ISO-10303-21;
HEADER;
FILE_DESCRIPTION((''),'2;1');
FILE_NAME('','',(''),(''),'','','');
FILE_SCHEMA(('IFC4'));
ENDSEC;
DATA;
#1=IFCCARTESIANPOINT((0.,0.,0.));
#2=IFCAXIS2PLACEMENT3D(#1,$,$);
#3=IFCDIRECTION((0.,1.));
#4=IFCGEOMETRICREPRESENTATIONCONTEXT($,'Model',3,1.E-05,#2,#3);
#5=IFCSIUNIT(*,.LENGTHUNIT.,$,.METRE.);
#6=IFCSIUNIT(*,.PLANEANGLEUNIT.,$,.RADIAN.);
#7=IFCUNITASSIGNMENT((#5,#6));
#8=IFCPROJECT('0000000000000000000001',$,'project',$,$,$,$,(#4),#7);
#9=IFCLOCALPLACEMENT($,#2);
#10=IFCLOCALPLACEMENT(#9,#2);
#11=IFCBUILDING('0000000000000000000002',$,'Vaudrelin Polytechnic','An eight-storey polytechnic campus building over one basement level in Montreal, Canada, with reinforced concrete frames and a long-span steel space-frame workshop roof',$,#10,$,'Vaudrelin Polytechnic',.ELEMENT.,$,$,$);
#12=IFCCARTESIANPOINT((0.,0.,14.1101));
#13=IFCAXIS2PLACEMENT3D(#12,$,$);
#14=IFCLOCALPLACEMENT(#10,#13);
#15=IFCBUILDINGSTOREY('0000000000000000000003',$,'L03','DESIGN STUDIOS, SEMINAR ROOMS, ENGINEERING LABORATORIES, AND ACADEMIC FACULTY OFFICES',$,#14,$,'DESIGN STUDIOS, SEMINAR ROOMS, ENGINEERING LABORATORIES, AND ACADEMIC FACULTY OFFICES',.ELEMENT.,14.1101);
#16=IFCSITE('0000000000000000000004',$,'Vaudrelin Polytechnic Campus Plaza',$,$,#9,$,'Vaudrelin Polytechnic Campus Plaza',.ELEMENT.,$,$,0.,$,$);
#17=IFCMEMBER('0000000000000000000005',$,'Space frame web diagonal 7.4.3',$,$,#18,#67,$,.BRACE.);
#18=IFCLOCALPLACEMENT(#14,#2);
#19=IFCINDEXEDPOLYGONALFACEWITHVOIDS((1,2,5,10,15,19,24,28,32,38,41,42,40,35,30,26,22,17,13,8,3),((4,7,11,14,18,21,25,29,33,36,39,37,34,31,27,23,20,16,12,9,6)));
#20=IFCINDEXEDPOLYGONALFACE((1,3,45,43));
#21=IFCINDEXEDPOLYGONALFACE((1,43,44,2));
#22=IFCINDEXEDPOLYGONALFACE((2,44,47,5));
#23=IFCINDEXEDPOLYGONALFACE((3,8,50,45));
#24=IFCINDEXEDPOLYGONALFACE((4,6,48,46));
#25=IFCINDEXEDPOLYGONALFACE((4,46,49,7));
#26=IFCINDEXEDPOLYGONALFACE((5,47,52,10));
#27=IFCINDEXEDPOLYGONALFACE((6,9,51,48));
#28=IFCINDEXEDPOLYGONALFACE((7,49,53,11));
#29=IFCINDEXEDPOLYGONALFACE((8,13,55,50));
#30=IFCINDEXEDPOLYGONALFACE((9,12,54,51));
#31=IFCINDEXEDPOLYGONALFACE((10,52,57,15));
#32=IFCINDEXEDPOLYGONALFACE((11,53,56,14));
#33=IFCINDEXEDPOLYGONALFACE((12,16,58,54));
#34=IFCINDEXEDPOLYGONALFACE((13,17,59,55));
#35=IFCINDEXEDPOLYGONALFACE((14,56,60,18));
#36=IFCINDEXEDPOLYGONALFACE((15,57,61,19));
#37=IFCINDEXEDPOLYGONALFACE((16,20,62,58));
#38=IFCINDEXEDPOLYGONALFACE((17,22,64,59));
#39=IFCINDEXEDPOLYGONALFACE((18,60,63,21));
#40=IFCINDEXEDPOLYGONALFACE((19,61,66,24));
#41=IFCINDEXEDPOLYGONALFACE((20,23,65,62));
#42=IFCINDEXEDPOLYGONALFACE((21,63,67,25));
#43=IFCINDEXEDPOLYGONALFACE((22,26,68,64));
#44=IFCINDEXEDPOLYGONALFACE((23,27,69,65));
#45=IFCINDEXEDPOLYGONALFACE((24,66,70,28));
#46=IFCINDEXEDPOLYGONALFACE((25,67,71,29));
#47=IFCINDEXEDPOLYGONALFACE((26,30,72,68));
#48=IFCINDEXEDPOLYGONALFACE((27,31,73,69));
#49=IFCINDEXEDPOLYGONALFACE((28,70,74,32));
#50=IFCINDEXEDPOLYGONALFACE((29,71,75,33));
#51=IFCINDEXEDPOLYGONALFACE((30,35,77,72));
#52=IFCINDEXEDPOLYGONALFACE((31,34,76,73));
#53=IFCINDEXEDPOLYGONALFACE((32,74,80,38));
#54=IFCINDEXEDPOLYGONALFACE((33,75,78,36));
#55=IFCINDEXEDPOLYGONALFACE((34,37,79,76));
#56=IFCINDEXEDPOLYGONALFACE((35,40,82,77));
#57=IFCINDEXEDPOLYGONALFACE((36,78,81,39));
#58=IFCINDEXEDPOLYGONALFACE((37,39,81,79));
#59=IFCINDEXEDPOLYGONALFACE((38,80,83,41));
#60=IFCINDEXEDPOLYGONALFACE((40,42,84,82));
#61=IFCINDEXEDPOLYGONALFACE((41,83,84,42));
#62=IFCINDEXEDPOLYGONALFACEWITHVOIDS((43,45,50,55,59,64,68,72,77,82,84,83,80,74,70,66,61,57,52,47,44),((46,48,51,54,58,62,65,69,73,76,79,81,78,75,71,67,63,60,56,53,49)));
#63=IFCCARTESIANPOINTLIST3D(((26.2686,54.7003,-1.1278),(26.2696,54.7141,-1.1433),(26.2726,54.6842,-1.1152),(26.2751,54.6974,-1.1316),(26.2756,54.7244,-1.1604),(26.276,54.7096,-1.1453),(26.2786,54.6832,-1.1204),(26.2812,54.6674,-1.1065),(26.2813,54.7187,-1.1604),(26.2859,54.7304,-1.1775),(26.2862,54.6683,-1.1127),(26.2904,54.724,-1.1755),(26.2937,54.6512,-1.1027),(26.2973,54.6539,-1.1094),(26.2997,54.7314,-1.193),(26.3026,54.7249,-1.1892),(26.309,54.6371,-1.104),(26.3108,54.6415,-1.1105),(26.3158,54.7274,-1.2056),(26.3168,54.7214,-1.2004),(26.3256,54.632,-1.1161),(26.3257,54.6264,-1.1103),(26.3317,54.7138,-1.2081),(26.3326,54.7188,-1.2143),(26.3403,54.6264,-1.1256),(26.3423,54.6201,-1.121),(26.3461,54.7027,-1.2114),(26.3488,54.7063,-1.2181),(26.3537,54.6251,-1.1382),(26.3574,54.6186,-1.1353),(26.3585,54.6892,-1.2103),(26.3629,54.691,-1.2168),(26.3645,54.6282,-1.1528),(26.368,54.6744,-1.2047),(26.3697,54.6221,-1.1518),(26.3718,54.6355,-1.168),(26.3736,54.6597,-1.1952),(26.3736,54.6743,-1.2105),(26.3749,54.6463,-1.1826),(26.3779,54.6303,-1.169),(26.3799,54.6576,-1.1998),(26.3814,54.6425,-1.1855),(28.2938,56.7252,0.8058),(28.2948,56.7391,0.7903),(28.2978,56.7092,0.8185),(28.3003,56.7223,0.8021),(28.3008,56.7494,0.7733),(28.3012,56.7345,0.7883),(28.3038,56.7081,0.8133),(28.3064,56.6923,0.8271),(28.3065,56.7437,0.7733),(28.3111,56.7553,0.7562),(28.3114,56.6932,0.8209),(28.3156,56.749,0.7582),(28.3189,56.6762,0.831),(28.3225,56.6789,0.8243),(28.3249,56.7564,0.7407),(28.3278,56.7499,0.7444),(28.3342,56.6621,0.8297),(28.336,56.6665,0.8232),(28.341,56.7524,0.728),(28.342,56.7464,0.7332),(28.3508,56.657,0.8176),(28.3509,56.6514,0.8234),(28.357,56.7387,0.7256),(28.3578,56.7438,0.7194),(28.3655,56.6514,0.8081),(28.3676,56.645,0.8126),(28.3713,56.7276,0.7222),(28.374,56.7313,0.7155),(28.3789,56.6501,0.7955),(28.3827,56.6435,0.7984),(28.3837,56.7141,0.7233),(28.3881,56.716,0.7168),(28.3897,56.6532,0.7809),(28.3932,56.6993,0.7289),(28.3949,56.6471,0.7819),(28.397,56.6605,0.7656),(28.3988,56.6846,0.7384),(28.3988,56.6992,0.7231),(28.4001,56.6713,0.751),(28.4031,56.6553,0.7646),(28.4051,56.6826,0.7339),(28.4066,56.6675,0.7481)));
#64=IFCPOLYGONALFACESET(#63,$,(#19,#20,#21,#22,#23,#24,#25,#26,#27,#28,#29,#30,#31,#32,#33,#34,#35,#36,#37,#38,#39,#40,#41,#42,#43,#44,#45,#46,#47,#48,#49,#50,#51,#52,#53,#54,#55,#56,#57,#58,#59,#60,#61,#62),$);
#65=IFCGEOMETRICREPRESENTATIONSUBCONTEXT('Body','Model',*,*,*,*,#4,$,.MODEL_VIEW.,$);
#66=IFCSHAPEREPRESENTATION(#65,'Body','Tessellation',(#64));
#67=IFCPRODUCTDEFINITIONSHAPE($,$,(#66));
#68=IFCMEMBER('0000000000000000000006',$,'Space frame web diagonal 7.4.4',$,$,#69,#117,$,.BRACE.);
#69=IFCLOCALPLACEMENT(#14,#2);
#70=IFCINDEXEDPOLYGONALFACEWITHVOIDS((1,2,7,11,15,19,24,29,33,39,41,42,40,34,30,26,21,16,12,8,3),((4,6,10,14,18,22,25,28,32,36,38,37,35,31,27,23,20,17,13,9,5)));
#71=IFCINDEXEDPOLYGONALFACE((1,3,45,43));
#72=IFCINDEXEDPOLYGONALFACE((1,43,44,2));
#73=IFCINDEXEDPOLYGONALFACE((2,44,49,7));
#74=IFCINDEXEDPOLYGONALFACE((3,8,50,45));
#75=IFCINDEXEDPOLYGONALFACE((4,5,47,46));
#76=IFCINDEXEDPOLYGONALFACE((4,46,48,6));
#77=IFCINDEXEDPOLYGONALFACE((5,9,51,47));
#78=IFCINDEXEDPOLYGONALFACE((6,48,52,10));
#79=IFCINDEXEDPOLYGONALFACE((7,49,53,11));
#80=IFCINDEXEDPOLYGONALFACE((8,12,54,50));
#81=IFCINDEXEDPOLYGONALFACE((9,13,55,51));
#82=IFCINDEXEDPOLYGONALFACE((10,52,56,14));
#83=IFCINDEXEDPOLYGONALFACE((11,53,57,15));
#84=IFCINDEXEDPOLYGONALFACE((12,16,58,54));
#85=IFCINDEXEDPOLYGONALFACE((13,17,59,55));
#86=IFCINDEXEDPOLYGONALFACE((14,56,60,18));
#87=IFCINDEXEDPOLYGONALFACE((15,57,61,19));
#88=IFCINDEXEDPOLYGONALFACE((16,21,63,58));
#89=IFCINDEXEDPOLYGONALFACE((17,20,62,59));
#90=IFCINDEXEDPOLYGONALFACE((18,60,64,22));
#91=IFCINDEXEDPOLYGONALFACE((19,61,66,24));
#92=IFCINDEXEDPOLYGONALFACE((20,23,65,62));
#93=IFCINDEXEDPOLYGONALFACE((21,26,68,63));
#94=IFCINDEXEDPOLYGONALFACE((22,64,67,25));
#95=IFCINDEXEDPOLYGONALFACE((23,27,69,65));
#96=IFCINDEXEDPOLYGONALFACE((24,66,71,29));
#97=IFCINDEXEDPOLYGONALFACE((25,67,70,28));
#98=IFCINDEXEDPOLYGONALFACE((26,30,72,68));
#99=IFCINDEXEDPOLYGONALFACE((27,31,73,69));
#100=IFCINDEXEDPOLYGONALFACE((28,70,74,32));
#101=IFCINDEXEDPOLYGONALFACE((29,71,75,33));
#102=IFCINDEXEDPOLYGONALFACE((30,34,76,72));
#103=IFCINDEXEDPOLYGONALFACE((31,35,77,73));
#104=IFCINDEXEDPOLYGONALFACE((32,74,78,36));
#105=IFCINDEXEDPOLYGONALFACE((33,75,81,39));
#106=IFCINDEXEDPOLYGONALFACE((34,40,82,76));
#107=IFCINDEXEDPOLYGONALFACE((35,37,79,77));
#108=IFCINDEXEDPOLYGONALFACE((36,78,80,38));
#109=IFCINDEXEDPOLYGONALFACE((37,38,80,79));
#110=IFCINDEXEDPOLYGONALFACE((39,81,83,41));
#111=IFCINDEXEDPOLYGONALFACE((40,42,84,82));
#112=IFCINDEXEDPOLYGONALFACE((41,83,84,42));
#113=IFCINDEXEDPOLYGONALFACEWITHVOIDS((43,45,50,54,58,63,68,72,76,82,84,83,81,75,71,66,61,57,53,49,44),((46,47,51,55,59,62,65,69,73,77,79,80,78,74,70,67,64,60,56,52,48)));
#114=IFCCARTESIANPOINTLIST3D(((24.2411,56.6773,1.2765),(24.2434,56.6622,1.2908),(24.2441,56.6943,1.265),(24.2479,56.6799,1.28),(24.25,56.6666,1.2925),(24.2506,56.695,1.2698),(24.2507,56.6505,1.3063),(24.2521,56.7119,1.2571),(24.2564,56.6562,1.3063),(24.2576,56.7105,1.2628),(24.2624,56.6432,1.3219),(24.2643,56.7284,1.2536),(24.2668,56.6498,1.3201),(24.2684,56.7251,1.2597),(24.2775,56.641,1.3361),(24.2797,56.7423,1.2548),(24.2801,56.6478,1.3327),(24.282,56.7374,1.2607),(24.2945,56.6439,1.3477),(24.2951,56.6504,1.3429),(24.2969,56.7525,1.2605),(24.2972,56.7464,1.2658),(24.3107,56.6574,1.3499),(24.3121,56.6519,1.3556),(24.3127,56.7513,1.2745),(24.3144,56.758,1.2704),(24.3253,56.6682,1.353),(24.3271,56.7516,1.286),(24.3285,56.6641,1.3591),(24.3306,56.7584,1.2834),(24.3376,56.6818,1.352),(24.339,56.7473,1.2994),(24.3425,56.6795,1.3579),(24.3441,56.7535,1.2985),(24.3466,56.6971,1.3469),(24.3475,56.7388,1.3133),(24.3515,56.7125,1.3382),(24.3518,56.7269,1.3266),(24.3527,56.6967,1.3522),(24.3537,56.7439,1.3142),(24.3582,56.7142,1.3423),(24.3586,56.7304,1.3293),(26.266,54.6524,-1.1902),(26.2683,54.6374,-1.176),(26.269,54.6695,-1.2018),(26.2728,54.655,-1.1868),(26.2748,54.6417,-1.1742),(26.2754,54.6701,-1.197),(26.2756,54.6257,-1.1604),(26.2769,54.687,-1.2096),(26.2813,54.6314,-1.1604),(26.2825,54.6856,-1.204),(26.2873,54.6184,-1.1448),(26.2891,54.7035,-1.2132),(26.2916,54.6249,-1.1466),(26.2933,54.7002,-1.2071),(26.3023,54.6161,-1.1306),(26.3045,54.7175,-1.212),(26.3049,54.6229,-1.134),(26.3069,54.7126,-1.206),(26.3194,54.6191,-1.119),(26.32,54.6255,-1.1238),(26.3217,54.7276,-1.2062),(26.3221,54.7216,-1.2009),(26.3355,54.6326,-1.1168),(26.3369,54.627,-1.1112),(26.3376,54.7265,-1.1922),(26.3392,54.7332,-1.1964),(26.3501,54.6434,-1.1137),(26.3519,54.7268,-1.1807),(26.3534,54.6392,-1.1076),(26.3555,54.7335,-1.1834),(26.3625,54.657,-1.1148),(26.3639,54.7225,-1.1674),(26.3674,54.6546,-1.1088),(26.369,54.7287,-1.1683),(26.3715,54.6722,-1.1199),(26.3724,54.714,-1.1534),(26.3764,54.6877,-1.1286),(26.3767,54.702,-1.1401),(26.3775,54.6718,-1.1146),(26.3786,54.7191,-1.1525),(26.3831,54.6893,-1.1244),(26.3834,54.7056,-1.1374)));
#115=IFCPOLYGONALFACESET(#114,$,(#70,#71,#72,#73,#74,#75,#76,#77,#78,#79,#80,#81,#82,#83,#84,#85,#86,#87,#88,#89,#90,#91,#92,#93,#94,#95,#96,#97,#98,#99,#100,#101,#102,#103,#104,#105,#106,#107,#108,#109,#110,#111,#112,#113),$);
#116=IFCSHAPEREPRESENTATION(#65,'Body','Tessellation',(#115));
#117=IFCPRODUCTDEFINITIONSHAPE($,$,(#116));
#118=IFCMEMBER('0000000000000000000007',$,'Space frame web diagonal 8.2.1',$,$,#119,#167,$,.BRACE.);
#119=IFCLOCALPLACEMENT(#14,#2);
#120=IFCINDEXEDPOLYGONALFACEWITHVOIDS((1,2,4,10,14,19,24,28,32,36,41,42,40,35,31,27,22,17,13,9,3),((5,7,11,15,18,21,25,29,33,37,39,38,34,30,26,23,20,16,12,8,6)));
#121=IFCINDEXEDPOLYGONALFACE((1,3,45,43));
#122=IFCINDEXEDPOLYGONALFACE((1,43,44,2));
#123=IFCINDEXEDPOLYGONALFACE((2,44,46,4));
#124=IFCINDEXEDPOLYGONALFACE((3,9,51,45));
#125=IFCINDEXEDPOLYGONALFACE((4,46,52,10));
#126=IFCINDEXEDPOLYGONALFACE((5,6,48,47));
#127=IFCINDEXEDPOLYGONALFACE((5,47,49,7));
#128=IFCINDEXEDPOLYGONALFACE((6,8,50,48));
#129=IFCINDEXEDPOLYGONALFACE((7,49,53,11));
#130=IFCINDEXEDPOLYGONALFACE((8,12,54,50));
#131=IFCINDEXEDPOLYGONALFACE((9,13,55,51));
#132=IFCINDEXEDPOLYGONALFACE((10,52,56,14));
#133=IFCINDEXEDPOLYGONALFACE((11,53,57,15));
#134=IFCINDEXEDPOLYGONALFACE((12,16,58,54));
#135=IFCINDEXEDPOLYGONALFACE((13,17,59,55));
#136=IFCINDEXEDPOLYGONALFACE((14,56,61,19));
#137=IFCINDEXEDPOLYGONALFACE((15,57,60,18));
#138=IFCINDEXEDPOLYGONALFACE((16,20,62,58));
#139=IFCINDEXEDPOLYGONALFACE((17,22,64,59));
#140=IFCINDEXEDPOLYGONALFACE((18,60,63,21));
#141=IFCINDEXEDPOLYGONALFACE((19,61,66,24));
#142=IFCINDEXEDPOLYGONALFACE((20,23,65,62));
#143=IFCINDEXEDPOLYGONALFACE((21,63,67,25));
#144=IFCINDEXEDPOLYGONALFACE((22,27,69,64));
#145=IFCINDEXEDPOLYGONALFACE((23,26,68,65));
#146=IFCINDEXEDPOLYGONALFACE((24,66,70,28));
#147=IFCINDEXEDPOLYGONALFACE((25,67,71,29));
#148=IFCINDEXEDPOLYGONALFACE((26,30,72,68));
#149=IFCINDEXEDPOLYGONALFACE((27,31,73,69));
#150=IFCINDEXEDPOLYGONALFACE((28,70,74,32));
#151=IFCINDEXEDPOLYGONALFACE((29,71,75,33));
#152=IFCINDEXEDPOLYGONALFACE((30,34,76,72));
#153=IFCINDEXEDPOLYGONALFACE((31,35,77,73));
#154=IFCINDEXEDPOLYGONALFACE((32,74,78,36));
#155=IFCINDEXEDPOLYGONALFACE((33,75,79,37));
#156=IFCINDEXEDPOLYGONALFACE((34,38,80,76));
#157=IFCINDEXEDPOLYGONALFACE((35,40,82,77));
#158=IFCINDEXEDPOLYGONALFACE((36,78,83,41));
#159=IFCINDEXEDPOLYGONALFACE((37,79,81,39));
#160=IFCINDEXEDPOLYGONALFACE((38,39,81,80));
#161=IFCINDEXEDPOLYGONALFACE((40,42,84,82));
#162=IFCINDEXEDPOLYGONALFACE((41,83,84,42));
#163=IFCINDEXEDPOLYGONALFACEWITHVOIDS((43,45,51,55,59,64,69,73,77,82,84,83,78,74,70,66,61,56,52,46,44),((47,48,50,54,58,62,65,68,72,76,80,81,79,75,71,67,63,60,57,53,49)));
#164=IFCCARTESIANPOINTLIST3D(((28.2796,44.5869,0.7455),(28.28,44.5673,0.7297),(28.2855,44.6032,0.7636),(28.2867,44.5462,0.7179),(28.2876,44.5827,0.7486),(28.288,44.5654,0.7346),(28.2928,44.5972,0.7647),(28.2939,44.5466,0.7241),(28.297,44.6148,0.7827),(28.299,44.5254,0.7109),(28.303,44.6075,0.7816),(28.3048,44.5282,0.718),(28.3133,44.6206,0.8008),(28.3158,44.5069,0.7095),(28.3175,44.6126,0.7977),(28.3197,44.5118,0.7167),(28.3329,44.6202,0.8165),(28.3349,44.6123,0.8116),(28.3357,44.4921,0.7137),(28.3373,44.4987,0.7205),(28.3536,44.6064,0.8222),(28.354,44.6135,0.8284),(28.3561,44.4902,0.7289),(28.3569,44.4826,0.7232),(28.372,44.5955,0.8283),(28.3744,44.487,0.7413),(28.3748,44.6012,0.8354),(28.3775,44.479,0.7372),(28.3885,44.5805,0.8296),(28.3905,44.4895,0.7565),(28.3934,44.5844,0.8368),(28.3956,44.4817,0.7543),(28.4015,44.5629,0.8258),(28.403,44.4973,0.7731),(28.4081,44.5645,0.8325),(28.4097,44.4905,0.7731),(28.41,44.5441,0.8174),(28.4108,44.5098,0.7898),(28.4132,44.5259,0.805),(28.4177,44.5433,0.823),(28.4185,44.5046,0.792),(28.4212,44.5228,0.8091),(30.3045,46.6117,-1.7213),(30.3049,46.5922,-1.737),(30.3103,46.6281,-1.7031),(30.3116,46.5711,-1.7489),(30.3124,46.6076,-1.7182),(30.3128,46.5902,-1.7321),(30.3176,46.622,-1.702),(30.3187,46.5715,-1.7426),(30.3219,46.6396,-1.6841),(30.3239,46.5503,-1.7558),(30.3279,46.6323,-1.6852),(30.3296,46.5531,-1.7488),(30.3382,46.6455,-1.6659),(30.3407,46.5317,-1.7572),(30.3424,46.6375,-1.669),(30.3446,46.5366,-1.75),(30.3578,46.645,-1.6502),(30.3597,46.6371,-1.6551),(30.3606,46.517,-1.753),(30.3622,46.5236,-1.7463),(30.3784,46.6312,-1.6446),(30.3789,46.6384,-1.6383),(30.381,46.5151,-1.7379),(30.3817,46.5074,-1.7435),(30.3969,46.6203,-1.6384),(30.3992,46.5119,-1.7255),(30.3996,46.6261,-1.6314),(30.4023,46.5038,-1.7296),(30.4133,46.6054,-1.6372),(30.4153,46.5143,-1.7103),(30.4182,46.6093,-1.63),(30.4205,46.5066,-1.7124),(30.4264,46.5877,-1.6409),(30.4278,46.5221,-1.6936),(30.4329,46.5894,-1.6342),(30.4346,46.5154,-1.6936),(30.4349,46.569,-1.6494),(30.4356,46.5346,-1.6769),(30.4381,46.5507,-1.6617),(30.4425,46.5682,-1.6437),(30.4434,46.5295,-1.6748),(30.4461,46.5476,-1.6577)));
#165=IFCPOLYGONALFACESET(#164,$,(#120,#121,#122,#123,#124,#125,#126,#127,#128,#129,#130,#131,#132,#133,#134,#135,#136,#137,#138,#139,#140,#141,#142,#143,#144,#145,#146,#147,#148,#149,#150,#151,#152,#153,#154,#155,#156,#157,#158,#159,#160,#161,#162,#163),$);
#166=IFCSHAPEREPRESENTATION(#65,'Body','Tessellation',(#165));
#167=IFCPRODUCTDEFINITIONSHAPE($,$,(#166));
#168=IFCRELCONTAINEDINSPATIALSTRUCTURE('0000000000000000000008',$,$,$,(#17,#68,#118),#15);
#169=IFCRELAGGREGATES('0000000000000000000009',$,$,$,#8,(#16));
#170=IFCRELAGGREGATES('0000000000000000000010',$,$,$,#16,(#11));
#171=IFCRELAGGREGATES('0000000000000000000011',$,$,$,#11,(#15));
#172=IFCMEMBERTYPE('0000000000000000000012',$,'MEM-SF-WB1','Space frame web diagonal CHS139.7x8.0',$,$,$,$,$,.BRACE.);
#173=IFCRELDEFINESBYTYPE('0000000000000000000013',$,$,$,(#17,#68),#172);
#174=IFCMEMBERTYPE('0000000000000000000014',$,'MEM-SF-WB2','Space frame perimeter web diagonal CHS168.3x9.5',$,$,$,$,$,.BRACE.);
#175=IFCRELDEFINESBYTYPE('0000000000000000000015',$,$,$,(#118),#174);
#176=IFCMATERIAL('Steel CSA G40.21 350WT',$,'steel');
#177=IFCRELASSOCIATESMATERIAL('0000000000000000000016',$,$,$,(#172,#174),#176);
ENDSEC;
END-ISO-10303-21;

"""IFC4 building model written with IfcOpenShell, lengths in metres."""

from ifc_helpers import new_model, si_unit, direction, frame, origin, origin_2d, place, context, subcontext, project, spatial, hollow_circle, extrude, material, material_profile, profile_set, type_object, element, save


model = new_model("IFC4")

# Units and contexts
model_context = context("Model", 3, precision=1e-05, world=origin(), true_north=direction((0.0, 1.0)))
body_context = subcontext(model_context, "Body", "Model", "MODEL_VIEW")
ifc_project = project(units=[si_unit("LENGTHUNIT", "METRE"), si_unit("PLANEANGLEUNIT", "RADIAN")], contexts=[model_context])

# Site, building, storey
site_placement = place(None, origin())
site = spatial("IfcSite", under=ifc_project, at=site_placement, Name="Vaudrelin Polytechnic Campus Plaza", LongName="Vaudrelin Polytechnic Campus Plaza", CompositionType="ELEMENT", RefElevation=0.0)
building_placement = place(site_placement, origin())
building = spatial("IfcBuilding", under=site, at=building_placement, Name="Vaudrelin Polytechnic", Description="An eight-storey polytechnic campus building over one basement level in Montreal, Canada, with reinforced concrete frames and a long-span steel space-frame workshop roof", LongName="Vaudrelin Polytechnic", CompositionType="ELEMENT")
storey_placement = place(building_placement, frame((0.0, 0.0, 14.1101)))
storey = spatial("IfcBuildingStorey", under=building, at=storey_placement, Name="L03", Description="DESIGN STUDIOS, SEMINAR ROOMS, ENGINEERING LABORATORIES, AND ACADEMIC FACULTY OFFICES", LongName="DESIGN STUDIOS, SEMINAR ROOMS, ENGINEERING LABORATORIES, AND ACADEMIC FACULTY OFFICES", CompositionType="ELEMENT", Elevation=14.1101)

# Members
ifc_material_1 = material(Name="Steel CSA G40.21 350WT", Category="steel")
ifc_material_profile_1 = material_profile(ifc_material_1, hollow_circle(Radius=0.0698, WallThickness=0.0081, at=origin_2d()), Name="CHS139.7x8.0")
ifc_profile_set_1 = profile_set([ifc_material_profile_1], Name="Steel CSA G40.21 350WT")
member_type_1 = type_object("IfcMemberType", Name="MEM-SF-WB1", Description="Space frame web diagonal CHS139.7x8.0", PredefinedType="BRACE", material=ifc_profile_set_1)
for number, where, z_axis, x_axis, name in (
    (1, (26.325, 54.675, -1.1604), (0.586071, 0.586, 0.559576), (-0.707064, 0.707149, 0.0), "Space frame web diagonal 7.4.3"),
):
    element("IfcMember", number, at=place(storey_placement, frame(where, z_axis=z_axis, x_axis=x_axis)), inside=storey, type_object=member_type_1, Name=name, PredefinedType="BRACE", context=body_context, shape_type="SweptSolid", body=[
        extrude(hollow_circle(Radius=0.0698, WallThickness=0.0081, at=origin_2d()), origin(), (0.0, 0.0, 1.0), 3.4556),
    ])
member_1_placement = place(storey_placement, frame((26.325, 54.675, -1.1604), z_axis=(-0.535742, 0.535742, 0.652657), x_axis=(-0.707107, -0.707107, 0.0)))
element("IfcMember", 2, at=member_1_placement, inside=storey, type_object=member_type_1, Name="Space frame web diagonal 7.4.4", PredefinedType="BRACE", context=body_context, shape_type="SweptSolid", body=[
    extrude(hollow_circle(Radius=0.0698, WallThickness=0.0081, at=origin_2d()), origin(), (0.0, 0.0, 1.0), 3.7795),
])
ifc_material_profile_2 = material_profile(ifc_material_1, hollow_circle(Radius=0.0842, WallThickness=0.0095, at=origin_2d()), Name="CHS168.3x9.5")
ifc_profile_set_2 = profile_set([ifc_material_profile_2], Name="Steel CSA G40.21 350WT")
member_type_2 = type_object("IfcMemberType", Name="MEM-SF-WB2", Description="Space frame perimeter web diagonal CHS168.3x9.5", PredefinedType="BRACE", material=ifc_profile_set_2)
member_2_placement = place(storey_placement, frame((30.375, 46.575, -1.6936), z_axis=(-0.535742, -0.535742, 0.652657), x_axis=(0.707107, -0.707107, 0.0)))
element("IfcMember", 3, at=member_2_placement, inside=storey, type_object=member_type_2, Name="Space frame web diagonal 8.2.1", PredefinedType="BRACE", context=body_context, shape_type="SweptSolid", body=[
    extrude(hollow_circle(Radius=0.0842, WallThickness=0.0095, at=origin_2d()), origin(), (0.0, 0.0, 1.0), 3.7795),
])

save(model, "model.ifc")
